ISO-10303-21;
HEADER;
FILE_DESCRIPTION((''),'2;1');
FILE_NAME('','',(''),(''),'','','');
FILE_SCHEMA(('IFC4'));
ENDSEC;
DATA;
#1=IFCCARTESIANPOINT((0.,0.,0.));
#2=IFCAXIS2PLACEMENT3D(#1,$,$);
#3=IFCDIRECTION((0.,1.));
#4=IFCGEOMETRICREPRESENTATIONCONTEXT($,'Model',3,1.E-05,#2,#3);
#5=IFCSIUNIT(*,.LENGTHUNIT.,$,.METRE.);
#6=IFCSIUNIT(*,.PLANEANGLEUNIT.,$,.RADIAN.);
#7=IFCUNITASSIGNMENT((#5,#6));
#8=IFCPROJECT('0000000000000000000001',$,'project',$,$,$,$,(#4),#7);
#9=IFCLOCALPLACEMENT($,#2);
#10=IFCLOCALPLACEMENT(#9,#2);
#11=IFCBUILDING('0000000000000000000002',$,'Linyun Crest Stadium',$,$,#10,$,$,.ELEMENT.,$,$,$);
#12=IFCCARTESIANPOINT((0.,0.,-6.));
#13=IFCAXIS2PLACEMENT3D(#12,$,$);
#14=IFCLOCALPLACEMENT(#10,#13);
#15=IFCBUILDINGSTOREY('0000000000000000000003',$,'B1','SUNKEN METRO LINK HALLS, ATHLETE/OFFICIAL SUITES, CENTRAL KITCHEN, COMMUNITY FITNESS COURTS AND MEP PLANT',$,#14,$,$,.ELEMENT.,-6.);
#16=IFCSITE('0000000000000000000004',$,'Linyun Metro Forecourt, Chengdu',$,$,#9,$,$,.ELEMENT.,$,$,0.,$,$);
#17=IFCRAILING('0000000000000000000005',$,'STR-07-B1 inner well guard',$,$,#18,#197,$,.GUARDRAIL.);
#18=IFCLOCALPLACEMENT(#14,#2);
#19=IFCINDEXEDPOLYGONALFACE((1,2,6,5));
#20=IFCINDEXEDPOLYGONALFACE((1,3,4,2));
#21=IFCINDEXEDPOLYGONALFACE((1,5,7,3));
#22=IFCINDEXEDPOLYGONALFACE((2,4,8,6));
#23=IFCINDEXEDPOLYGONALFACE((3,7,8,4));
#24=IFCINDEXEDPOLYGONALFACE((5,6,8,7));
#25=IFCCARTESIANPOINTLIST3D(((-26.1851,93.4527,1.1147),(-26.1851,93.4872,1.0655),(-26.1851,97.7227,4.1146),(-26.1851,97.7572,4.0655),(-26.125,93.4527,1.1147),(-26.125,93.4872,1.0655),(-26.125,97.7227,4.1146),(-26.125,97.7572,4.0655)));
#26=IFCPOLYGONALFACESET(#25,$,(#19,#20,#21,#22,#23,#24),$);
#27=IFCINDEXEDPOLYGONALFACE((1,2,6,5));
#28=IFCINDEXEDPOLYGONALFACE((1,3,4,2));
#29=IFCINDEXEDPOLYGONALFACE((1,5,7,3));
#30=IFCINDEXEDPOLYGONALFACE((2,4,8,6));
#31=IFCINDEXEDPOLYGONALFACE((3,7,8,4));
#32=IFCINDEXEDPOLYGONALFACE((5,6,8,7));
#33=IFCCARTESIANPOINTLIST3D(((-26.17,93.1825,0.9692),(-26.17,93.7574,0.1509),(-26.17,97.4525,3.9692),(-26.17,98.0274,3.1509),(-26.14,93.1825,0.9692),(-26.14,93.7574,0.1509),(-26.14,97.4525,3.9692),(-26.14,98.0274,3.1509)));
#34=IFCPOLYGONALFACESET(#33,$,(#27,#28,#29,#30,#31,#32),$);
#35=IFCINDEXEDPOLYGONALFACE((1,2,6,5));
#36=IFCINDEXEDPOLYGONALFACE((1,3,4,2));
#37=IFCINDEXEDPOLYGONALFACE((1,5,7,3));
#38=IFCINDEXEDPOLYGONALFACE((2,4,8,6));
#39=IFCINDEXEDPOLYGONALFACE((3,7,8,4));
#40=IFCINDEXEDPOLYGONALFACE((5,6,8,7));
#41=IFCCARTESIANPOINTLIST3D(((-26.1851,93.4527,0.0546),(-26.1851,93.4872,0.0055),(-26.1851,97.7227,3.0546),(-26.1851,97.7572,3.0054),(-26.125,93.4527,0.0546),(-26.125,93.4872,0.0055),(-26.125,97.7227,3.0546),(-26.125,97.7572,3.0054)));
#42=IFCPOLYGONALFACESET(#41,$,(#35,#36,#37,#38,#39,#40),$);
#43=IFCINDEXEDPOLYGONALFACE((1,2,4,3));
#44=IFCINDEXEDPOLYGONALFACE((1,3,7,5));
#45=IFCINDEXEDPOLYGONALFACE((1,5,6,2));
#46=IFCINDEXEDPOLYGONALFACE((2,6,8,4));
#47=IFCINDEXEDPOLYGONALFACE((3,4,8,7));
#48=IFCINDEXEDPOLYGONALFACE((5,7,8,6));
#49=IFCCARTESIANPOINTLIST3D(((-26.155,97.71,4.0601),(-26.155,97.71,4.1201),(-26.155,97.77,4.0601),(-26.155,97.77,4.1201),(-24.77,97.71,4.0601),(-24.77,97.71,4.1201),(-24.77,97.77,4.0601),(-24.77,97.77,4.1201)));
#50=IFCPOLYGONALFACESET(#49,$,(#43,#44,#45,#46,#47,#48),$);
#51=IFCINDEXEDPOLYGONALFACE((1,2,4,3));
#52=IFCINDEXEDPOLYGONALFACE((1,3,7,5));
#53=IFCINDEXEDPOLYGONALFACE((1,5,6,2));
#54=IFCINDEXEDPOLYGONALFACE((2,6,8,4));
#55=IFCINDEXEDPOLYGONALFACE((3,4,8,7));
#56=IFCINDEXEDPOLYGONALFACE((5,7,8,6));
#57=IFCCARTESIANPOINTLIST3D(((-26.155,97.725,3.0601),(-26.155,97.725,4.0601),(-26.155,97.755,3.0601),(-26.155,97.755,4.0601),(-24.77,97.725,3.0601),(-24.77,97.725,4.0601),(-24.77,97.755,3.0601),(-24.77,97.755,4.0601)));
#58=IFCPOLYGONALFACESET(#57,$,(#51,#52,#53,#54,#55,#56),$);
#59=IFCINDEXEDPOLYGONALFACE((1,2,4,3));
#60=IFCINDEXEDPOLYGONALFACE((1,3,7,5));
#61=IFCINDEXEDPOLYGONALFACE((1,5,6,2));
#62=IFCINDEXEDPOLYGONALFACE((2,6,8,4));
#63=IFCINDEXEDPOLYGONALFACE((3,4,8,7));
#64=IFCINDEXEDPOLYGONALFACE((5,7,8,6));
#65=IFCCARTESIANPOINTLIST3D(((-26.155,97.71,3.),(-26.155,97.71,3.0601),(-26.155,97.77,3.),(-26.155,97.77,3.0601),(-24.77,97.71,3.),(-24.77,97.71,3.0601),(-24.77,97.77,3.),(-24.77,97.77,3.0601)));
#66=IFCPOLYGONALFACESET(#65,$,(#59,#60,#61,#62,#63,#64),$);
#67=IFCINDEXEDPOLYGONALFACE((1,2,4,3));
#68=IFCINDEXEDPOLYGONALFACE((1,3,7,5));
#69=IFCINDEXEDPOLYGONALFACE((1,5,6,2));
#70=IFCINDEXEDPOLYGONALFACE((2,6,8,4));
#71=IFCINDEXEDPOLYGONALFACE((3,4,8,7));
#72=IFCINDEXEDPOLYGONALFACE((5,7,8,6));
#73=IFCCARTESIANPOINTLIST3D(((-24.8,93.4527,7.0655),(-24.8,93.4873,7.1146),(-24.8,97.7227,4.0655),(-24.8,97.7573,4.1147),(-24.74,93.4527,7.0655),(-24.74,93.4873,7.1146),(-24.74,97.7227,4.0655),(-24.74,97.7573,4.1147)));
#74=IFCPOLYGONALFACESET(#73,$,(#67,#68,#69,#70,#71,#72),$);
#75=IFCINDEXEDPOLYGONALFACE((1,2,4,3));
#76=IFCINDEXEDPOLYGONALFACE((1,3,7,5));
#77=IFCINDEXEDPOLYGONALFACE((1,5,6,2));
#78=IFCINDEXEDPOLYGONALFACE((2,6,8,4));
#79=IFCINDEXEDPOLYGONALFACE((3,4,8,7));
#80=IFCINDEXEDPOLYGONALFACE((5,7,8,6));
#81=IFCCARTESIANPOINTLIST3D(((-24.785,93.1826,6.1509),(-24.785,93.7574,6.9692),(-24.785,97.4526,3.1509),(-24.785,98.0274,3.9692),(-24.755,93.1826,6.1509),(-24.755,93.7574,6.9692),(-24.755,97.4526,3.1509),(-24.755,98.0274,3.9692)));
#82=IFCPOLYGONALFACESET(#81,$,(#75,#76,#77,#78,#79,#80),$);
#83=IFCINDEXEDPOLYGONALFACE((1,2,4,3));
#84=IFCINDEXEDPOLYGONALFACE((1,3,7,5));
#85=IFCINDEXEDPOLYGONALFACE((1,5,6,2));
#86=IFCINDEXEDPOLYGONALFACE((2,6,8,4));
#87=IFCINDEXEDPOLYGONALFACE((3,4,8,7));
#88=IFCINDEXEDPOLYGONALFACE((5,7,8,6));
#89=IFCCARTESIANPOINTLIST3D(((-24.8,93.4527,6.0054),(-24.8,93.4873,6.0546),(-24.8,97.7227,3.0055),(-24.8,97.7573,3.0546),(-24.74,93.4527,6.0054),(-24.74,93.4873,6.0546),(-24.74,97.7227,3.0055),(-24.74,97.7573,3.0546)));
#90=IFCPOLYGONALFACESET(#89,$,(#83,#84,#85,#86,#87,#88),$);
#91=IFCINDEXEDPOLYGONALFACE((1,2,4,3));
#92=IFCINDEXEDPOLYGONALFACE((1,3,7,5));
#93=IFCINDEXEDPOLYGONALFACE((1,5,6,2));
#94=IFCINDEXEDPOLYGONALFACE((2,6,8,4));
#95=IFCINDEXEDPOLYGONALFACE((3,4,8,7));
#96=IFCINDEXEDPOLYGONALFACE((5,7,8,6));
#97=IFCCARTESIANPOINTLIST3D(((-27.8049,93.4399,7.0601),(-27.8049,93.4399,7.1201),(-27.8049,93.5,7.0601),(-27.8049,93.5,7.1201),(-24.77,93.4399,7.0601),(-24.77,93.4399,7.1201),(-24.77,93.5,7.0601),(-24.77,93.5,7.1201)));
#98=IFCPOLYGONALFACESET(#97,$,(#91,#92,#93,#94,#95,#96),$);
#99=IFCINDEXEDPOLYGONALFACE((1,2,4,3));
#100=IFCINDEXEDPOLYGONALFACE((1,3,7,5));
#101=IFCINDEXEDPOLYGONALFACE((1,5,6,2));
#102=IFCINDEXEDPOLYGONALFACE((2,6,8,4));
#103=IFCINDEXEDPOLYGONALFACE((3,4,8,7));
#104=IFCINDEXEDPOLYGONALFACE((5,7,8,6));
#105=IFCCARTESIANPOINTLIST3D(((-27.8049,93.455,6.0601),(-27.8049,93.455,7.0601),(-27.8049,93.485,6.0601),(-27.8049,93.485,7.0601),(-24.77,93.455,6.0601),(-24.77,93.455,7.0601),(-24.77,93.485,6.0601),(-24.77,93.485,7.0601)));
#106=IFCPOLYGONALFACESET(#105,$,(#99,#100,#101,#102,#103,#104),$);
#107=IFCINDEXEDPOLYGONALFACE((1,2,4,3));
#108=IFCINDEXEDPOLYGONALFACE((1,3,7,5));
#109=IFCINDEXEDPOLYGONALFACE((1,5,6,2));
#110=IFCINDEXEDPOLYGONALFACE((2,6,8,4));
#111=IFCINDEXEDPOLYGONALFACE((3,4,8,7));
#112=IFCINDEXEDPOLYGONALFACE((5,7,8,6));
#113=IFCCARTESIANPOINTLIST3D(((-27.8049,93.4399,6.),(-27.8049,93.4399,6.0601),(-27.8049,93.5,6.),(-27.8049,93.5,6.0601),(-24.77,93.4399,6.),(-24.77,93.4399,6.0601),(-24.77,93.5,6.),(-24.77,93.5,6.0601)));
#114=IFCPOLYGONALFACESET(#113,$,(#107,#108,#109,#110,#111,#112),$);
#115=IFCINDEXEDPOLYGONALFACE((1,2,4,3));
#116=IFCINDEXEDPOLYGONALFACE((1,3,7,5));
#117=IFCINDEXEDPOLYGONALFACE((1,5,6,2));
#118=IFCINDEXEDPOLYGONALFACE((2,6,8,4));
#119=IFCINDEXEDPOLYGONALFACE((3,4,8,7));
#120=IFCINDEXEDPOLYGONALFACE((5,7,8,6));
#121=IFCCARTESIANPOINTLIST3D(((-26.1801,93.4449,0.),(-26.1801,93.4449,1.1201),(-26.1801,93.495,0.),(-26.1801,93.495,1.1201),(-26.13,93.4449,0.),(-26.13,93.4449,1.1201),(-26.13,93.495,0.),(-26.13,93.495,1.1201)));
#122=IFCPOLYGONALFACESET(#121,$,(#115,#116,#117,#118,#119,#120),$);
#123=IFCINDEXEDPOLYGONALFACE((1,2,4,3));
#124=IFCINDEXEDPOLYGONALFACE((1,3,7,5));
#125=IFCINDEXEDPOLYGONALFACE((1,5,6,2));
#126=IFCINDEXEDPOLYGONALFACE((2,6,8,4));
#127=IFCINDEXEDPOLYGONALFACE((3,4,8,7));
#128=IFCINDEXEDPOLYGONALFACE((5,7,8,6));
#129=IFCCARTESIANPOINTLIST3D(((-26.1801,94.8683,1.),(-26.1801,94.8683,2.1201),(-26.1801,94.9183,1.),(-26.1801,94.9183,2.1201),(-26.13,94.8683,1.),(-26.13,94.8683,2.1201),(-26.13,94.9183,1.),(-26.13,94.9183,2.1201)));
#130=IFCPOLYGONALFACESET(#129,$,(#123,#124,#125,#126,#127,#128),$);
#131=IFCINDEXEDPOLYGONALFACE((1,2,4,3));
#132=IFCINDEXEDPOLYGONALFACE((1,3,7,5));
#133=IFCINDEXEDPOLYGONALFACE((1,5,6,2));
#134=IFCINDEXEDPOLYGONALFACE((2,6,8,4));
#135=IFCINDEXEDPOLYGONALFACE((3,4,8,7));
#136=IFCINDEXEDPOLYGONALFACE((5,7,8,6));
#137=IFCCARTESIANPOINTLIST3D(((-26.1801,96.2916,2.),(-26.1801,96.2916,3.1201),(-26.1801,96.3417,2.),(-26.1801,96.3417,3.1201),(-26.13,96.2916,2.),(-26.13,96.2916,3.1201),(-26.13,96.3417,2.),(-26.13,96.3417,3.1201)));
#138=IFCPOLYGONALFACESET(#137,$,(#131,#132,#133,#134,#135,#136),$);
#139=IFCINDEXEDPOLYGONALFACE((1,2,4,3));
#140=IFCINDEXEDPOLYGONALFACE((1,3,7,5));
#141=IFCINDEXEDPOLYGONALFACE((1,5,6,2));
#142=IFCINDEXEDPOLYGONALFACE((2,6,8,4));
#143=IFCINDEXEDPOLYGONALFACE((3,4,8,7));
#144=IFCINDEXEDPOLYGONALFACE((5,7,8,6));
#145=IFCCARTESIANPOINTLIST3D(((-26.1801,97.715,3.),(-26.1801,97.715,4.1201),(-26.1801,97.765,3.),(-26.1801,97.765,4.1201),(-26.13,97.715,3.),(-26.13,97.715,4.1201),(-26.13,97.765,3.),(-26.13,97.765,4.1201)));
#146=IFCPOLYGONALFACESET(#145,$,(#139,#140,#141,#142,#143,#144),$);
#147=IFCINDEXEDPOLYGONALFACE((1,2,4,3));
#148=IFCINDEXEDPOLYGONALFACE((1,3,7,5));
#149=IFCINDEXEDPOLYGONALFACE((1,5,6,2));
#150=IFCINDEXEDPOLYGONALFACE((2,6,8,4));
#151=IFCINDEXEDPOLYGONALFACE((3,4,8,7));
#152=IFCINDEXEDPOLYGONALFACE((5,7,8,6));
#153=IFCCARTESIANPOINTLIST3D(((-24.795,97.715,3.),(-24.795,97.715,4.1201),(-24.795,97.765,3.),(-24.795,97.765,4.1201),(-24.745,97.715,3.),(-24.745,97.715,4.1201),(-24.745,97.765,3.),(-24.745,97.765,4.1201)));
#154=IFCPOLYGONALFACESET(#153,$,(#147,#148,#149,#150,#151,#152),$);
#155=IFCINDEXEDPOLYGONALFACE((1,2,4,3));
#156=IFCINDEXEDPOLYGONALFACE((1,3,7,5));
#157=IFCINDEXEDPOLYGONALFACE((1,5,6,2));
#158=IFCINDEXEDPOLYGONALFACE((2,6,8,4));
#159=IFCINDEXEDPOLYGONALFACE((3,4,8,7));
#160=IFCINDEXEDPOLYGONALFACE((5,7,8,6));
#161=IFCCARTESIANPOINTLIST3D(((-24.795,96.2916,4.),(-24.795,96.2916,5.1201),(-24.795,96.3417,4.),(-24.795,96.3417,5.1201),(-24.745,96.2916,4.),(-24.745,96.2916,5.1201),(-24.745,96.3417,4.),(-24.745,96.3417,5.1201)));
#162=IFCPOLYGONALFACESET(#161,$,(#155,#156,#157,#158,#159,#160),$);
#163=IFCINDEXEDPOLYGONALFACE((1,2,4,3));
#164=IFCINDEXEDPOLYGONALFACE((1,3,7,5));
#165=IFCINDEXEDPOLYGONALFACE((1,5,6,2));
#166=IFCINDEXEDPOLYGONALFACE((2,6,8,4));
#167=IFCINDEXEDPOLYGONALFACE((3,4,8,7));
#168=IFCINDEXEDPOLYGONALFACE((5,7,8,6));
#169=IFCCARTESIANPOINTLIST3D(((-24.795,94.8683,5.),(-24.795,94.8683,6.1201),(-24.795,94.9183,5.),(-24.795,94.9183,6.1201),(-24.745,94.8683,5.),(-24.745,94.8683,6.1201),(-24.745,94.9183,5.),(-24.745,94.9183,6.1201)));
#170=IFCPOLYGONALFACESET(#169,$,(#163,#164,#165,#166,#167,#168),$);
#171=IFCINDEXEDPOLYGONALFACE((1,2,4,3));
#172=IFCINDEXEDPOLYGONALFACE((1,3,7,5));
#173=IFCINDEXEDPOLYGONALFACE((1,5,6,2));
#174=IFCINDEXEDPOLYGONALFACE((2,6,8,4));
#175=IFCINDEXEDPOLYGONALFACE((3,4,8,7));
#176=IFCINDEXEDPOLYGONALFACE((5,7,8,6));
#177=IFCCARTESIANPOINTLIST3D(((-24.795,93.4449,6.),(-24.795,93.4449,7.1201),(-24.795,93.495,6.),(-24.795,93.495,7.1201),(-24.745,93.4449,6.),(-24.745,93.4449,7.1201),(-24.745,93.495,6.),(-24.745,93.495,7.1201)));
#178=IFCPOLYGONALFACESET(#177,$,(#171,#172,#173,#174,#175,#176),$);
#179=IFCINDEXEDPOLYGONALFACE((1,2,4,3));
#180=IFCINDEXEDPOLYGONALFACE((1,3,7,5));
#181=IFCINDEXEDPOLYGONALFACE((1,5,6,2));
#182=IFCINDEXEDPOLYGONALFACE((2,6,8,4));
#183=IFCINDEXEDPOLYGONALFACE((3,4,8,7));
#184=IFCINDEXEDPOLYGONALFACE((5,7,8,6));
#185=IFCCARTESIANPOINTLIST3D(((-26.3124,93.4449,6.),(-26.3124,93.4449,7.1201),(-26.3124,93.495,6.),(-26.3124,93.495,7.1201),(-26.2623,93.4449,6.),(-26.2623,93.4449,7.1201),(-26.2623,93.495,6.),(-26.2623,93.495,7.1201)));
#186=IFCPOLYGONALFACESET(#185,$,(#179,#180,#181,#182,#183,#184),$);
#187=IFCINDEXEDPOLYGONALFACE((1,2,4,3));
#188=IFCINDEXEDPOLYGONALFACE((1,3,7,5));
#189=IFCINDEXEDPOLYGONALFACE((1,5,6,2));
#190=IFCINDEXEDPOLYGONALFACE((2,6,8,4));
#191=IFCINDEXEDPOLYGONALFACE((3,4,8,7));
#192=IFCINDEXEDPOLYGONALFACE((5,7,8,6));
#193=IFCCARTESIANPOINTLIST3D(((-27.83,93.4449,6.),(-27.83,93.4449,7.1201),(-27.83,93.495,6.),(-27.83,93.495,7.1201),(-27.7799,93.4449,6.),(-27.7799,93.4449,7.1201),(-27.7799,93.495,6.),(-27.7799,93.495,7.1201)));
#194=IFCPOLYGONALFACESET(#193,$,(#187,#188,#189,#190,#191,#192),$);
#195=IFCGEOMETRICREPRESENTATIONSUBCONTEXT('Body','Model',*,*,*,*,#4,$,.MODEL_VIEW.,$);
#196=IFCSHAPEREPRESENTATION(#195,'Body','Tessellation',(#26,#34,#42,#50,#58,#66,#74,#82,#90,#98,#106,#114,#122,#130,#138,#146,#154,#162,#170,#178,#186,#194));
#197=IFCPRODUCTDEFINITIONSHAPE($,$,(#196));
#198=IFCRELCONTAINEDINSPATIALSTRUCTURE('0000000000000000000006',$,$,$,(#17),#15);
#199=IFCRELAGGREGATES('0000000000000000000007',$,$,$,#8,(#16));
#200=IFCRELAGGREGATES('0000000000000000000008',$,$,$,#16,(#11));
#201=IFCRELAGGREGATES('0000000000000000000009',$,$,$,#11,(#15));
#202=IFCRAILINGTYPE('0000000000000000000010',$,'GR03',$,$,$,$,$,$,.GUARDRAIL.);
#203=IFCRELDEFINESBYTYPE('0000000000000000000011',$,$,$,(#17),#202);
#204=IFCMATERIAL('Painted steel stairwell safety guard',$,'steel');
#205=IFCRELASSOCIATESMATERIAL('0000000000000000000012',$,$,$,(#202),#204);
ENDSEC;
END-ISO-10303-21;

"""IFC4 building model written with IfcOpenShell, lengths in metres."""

from ifc_helpers import new_model, si_unit, direction, frame, origin, origin_2d, place, context, subcontext, project, spatial, rectangle, extrude, material, type_object, element, save


model = new_model("IFC4")

# Units and contexts
model_context = context("Model", 3, precision=1e-05, world=origin(), true_north=direction((0.0, 1.0)))
body_context = subcontext(model_context, "Body", "Model", "MODEL_VIEW")
ifc_project = project(units=[si_unit("LENGTHUNIT", "METRE"), si_unit("PLANEANGLEUNIT", "RADIAN")], contexts=[model_context])

# Site, building, storey
site_placement = place(None, origin())
site = spatial("IfcSite", under=ifc_project, at=site_placement, Name="Linyun Metro Forecourt, Chengdu", CompositionType="ELEMENT", RefElevation=0.0)
building_placement = place(site_placement, origin())
building = spatial("IfcBuilding", under=site, at=building_placement, Name="Linyun Crest Stadium", CompositionType="ELEMENT")
storey_placement = place(building_placement, frame((0.0, 0.0, -6.0)))
storey = spatial("IfcBuildingStorey", under=building, at=storey_placement, Name="B1", Description="SUNKEN METRO LINK HALLS, ATHLETE/OFFICIAL SUITES, CENTRAL KITCHEN, COMMUNITY FITNESS COURTS AND MEP PLANT", CompositionType="ELEMENT", Elevation=-6.0)

# Railing
ifc_material_1 = material(Name="Painted steel stairwell safety guard", Category="steel")
railing_type_1 = type_object("IfcRailingType", Name="GR03", PredefinedType="GUARDRAIL", material=ifc_material_1)
railing_1_placement = place(storey_placement, frame((-26.155, 93.47, 0.0)))
element("IfcRailing", 1, at=railing_1_placement, inside=storey, type_object=railing_type_1, Name="STR-07-B1 inner well guard", PredefinedType="GUARDRAIL", context=body_context, shape_type="SweptSolid", body=[
    extrude(rectangle(XDim=0.0601, YDim=0.0601, at=origin_2d()), frame((0.0, 0.0, 1.0901), z_axis=(0.0, 0.818242, 0.574874), x_axis=(-1.0, 0.0, 0.0)), (0.0, 0.0, 1.0), 5.2185),
    extrude(rectangle(XDim=0.03, YDim=1.0, at=origin_2d()), frame((0.0, 0.0, 0.5601), z_axis=(0.0, 0.818242, 0.574874), x_axis=(-1.0, 0.0, 0.0)), (0.0, 0.0, 1.0), 5.2185),
    extrude(rectangle(XDim=0.0601, YDim=0.0601, at=origin_2d()), frame((0.0, 0.0, 0.03), z_axis=(0.0, 0.818242, 0.574874), x_axis=(-1.0, 0.0, 0.0)), (0.0, 0.0, 1.0), 5.2185),
    extrude(rectangle(XDim=0.0601, YDim=0.0601, at=origin_2d()), frame((0.0, 4.27, 4.0901), z_axis=(1.0, 0.0, 0.0), x_axis=(0.0, 1.0, 0.0)), (0.0, 0.0, 1.0), 1.385),
    extrude(rectangle(XDim=0.03, YDim=1.0, at=origin_2d()), frame((0.0, 4.27, 3.5601), z_axis=(1.0, 0.0, 0.0), x_axis=(0.0, 1.0, 0.0)), (0.0, 0.0, 1.0), 1.385),
    extrude(rectangle(XDim=0.0601, YDim=0.0601, at=origin_2d()), frame((0.0, 4.27, 3.03), z_axis=(1.0, 0.0, 0.0), x_axis=(0.0, 1.0, 0.0)), (0.0, 0.0, 1.0), 1.385),
    extrude(rectangle(XDim=0.0601, YDim=0.0601, at=origin_2d()), frame((1.385, 4.27, 4.0901), z_axis=(0.0, -0.818242, 0.574874), x_axis=(1.0, 0.0, 0.0)), (0.0, 0.0, 1.0), 5.2185),
    extrude(rectangle(XDim=0.03, YDim=1.0, at=origin_2d()), frame((1.385, 4.27, 3.5601), z_axis=(0.0, -0.818242, 0.574874), x_axis=(1.0, 0.0, 0.0)), (0.0, 0.0, 1.0), 5.2185),
    extrude(rectangle(XDim=0.0601, YDim=0.0601, at=origin_2d()), frame((1.385, 4.27, 3.03), z_axis=(0.0, -0.818242, 0.574874), x_axis=(1.0, 0.0, 0.0)), (0.0, 0.0, 1.0), 5.2185),
    extrude(rectangle(XDim=0.0601, YDim=0.0601, at=origin_2d()), frame((1.385, 0.0, 7.0901), z_axis=(-1.0, 0.0, 0.0), x_axis=(0.0, -1.0, 0.0)), (0.0, 0.0, 1.0), 3.0349),
    extrude(rectangle(XDim=0.03, YDim=1.0, at=origin_2d()), frame((1.385, 0.0, 6.5601), z_axis=(-1.0, 0.0, 0.0), x_axis=(0.0, -1.0, 0.0)), (0.0, 0.0, 1.0), 3.0349),
    extrude(rectangle(XDim=0.0601, YDim=0.0601, at=origin_2d()), frame((1.385, 0.0, 6.03), z_axis=(-1.0, 0.0, 0.0), x_axis=(0.0, -1.0, 0.0)), (0.0, 0.0, 1.0), 3.0349),
    extrude(rectangle(XDim=0.05, YDim=0.05, at=origin_2d()), origin(), (0.0, 0.0, 1.0), 1.1201),
    extrude(rectangle(XDim=0.05, YDim=0.05, at=origin_2d()), frame((0.0, 1.4233, 1.0)), (0.0, 0.0, 1.0), 1.1201),
    extrude(rectangle(XDim=0.05, YDim=0.05, at=origin_2d()), frame((0.0, 2.8467, 2.0)), (0.0, 0.0, 1.0), 1.1201),
    extrude(rectangle(XDim=0.05, YDim=0.05, at=origin_2d()), frame((0.0, 4.27, 3.0)), (0.0, 0.0, 1.0), 1.1201),
    extrude(rectangle(XDim=0.05, YDim=0.05, at=origin_2d()), frame((1.385, 4.27, 3.0)), (0.0, 0.0, 1.0), 1.1201),
    extrude(rectangle(XDim=0.05, YDim=0.05, at=origin_2d()), frame((1.385, 2.8467, 4.0)), (0.0, 0.0, 1.0), 1.1201),
    extrude(rectangle(XDim=0.05, YDim=0.05, at=origin_2d()), frame((1.385, 1.4233, 5.0)), (0.0, 0.0, 1.0), 1.1201),
    extrude(rectangle(XDim=0.05, YDim=0.05, at=origin_2d()), frame((1.385, 0.0, 6.0)), (0.0, 0.0, 1.0), 1.1201),
    extrude(rectangle(XDim=0.05, YDim=0.05, at=origin_2d()), frame((-0.1323, 0.0, 6.0)), (0.0, 0.0, 1.0), 1.1201),
    extrude(rectangle(XDim=0.05, YDim=0.05, at=origin_2d()), frame((-1.6499, 0.0, 6.0)), (0.0, 0.0, 1.0), 1.1201),
])

save(model, "model.ifc")
